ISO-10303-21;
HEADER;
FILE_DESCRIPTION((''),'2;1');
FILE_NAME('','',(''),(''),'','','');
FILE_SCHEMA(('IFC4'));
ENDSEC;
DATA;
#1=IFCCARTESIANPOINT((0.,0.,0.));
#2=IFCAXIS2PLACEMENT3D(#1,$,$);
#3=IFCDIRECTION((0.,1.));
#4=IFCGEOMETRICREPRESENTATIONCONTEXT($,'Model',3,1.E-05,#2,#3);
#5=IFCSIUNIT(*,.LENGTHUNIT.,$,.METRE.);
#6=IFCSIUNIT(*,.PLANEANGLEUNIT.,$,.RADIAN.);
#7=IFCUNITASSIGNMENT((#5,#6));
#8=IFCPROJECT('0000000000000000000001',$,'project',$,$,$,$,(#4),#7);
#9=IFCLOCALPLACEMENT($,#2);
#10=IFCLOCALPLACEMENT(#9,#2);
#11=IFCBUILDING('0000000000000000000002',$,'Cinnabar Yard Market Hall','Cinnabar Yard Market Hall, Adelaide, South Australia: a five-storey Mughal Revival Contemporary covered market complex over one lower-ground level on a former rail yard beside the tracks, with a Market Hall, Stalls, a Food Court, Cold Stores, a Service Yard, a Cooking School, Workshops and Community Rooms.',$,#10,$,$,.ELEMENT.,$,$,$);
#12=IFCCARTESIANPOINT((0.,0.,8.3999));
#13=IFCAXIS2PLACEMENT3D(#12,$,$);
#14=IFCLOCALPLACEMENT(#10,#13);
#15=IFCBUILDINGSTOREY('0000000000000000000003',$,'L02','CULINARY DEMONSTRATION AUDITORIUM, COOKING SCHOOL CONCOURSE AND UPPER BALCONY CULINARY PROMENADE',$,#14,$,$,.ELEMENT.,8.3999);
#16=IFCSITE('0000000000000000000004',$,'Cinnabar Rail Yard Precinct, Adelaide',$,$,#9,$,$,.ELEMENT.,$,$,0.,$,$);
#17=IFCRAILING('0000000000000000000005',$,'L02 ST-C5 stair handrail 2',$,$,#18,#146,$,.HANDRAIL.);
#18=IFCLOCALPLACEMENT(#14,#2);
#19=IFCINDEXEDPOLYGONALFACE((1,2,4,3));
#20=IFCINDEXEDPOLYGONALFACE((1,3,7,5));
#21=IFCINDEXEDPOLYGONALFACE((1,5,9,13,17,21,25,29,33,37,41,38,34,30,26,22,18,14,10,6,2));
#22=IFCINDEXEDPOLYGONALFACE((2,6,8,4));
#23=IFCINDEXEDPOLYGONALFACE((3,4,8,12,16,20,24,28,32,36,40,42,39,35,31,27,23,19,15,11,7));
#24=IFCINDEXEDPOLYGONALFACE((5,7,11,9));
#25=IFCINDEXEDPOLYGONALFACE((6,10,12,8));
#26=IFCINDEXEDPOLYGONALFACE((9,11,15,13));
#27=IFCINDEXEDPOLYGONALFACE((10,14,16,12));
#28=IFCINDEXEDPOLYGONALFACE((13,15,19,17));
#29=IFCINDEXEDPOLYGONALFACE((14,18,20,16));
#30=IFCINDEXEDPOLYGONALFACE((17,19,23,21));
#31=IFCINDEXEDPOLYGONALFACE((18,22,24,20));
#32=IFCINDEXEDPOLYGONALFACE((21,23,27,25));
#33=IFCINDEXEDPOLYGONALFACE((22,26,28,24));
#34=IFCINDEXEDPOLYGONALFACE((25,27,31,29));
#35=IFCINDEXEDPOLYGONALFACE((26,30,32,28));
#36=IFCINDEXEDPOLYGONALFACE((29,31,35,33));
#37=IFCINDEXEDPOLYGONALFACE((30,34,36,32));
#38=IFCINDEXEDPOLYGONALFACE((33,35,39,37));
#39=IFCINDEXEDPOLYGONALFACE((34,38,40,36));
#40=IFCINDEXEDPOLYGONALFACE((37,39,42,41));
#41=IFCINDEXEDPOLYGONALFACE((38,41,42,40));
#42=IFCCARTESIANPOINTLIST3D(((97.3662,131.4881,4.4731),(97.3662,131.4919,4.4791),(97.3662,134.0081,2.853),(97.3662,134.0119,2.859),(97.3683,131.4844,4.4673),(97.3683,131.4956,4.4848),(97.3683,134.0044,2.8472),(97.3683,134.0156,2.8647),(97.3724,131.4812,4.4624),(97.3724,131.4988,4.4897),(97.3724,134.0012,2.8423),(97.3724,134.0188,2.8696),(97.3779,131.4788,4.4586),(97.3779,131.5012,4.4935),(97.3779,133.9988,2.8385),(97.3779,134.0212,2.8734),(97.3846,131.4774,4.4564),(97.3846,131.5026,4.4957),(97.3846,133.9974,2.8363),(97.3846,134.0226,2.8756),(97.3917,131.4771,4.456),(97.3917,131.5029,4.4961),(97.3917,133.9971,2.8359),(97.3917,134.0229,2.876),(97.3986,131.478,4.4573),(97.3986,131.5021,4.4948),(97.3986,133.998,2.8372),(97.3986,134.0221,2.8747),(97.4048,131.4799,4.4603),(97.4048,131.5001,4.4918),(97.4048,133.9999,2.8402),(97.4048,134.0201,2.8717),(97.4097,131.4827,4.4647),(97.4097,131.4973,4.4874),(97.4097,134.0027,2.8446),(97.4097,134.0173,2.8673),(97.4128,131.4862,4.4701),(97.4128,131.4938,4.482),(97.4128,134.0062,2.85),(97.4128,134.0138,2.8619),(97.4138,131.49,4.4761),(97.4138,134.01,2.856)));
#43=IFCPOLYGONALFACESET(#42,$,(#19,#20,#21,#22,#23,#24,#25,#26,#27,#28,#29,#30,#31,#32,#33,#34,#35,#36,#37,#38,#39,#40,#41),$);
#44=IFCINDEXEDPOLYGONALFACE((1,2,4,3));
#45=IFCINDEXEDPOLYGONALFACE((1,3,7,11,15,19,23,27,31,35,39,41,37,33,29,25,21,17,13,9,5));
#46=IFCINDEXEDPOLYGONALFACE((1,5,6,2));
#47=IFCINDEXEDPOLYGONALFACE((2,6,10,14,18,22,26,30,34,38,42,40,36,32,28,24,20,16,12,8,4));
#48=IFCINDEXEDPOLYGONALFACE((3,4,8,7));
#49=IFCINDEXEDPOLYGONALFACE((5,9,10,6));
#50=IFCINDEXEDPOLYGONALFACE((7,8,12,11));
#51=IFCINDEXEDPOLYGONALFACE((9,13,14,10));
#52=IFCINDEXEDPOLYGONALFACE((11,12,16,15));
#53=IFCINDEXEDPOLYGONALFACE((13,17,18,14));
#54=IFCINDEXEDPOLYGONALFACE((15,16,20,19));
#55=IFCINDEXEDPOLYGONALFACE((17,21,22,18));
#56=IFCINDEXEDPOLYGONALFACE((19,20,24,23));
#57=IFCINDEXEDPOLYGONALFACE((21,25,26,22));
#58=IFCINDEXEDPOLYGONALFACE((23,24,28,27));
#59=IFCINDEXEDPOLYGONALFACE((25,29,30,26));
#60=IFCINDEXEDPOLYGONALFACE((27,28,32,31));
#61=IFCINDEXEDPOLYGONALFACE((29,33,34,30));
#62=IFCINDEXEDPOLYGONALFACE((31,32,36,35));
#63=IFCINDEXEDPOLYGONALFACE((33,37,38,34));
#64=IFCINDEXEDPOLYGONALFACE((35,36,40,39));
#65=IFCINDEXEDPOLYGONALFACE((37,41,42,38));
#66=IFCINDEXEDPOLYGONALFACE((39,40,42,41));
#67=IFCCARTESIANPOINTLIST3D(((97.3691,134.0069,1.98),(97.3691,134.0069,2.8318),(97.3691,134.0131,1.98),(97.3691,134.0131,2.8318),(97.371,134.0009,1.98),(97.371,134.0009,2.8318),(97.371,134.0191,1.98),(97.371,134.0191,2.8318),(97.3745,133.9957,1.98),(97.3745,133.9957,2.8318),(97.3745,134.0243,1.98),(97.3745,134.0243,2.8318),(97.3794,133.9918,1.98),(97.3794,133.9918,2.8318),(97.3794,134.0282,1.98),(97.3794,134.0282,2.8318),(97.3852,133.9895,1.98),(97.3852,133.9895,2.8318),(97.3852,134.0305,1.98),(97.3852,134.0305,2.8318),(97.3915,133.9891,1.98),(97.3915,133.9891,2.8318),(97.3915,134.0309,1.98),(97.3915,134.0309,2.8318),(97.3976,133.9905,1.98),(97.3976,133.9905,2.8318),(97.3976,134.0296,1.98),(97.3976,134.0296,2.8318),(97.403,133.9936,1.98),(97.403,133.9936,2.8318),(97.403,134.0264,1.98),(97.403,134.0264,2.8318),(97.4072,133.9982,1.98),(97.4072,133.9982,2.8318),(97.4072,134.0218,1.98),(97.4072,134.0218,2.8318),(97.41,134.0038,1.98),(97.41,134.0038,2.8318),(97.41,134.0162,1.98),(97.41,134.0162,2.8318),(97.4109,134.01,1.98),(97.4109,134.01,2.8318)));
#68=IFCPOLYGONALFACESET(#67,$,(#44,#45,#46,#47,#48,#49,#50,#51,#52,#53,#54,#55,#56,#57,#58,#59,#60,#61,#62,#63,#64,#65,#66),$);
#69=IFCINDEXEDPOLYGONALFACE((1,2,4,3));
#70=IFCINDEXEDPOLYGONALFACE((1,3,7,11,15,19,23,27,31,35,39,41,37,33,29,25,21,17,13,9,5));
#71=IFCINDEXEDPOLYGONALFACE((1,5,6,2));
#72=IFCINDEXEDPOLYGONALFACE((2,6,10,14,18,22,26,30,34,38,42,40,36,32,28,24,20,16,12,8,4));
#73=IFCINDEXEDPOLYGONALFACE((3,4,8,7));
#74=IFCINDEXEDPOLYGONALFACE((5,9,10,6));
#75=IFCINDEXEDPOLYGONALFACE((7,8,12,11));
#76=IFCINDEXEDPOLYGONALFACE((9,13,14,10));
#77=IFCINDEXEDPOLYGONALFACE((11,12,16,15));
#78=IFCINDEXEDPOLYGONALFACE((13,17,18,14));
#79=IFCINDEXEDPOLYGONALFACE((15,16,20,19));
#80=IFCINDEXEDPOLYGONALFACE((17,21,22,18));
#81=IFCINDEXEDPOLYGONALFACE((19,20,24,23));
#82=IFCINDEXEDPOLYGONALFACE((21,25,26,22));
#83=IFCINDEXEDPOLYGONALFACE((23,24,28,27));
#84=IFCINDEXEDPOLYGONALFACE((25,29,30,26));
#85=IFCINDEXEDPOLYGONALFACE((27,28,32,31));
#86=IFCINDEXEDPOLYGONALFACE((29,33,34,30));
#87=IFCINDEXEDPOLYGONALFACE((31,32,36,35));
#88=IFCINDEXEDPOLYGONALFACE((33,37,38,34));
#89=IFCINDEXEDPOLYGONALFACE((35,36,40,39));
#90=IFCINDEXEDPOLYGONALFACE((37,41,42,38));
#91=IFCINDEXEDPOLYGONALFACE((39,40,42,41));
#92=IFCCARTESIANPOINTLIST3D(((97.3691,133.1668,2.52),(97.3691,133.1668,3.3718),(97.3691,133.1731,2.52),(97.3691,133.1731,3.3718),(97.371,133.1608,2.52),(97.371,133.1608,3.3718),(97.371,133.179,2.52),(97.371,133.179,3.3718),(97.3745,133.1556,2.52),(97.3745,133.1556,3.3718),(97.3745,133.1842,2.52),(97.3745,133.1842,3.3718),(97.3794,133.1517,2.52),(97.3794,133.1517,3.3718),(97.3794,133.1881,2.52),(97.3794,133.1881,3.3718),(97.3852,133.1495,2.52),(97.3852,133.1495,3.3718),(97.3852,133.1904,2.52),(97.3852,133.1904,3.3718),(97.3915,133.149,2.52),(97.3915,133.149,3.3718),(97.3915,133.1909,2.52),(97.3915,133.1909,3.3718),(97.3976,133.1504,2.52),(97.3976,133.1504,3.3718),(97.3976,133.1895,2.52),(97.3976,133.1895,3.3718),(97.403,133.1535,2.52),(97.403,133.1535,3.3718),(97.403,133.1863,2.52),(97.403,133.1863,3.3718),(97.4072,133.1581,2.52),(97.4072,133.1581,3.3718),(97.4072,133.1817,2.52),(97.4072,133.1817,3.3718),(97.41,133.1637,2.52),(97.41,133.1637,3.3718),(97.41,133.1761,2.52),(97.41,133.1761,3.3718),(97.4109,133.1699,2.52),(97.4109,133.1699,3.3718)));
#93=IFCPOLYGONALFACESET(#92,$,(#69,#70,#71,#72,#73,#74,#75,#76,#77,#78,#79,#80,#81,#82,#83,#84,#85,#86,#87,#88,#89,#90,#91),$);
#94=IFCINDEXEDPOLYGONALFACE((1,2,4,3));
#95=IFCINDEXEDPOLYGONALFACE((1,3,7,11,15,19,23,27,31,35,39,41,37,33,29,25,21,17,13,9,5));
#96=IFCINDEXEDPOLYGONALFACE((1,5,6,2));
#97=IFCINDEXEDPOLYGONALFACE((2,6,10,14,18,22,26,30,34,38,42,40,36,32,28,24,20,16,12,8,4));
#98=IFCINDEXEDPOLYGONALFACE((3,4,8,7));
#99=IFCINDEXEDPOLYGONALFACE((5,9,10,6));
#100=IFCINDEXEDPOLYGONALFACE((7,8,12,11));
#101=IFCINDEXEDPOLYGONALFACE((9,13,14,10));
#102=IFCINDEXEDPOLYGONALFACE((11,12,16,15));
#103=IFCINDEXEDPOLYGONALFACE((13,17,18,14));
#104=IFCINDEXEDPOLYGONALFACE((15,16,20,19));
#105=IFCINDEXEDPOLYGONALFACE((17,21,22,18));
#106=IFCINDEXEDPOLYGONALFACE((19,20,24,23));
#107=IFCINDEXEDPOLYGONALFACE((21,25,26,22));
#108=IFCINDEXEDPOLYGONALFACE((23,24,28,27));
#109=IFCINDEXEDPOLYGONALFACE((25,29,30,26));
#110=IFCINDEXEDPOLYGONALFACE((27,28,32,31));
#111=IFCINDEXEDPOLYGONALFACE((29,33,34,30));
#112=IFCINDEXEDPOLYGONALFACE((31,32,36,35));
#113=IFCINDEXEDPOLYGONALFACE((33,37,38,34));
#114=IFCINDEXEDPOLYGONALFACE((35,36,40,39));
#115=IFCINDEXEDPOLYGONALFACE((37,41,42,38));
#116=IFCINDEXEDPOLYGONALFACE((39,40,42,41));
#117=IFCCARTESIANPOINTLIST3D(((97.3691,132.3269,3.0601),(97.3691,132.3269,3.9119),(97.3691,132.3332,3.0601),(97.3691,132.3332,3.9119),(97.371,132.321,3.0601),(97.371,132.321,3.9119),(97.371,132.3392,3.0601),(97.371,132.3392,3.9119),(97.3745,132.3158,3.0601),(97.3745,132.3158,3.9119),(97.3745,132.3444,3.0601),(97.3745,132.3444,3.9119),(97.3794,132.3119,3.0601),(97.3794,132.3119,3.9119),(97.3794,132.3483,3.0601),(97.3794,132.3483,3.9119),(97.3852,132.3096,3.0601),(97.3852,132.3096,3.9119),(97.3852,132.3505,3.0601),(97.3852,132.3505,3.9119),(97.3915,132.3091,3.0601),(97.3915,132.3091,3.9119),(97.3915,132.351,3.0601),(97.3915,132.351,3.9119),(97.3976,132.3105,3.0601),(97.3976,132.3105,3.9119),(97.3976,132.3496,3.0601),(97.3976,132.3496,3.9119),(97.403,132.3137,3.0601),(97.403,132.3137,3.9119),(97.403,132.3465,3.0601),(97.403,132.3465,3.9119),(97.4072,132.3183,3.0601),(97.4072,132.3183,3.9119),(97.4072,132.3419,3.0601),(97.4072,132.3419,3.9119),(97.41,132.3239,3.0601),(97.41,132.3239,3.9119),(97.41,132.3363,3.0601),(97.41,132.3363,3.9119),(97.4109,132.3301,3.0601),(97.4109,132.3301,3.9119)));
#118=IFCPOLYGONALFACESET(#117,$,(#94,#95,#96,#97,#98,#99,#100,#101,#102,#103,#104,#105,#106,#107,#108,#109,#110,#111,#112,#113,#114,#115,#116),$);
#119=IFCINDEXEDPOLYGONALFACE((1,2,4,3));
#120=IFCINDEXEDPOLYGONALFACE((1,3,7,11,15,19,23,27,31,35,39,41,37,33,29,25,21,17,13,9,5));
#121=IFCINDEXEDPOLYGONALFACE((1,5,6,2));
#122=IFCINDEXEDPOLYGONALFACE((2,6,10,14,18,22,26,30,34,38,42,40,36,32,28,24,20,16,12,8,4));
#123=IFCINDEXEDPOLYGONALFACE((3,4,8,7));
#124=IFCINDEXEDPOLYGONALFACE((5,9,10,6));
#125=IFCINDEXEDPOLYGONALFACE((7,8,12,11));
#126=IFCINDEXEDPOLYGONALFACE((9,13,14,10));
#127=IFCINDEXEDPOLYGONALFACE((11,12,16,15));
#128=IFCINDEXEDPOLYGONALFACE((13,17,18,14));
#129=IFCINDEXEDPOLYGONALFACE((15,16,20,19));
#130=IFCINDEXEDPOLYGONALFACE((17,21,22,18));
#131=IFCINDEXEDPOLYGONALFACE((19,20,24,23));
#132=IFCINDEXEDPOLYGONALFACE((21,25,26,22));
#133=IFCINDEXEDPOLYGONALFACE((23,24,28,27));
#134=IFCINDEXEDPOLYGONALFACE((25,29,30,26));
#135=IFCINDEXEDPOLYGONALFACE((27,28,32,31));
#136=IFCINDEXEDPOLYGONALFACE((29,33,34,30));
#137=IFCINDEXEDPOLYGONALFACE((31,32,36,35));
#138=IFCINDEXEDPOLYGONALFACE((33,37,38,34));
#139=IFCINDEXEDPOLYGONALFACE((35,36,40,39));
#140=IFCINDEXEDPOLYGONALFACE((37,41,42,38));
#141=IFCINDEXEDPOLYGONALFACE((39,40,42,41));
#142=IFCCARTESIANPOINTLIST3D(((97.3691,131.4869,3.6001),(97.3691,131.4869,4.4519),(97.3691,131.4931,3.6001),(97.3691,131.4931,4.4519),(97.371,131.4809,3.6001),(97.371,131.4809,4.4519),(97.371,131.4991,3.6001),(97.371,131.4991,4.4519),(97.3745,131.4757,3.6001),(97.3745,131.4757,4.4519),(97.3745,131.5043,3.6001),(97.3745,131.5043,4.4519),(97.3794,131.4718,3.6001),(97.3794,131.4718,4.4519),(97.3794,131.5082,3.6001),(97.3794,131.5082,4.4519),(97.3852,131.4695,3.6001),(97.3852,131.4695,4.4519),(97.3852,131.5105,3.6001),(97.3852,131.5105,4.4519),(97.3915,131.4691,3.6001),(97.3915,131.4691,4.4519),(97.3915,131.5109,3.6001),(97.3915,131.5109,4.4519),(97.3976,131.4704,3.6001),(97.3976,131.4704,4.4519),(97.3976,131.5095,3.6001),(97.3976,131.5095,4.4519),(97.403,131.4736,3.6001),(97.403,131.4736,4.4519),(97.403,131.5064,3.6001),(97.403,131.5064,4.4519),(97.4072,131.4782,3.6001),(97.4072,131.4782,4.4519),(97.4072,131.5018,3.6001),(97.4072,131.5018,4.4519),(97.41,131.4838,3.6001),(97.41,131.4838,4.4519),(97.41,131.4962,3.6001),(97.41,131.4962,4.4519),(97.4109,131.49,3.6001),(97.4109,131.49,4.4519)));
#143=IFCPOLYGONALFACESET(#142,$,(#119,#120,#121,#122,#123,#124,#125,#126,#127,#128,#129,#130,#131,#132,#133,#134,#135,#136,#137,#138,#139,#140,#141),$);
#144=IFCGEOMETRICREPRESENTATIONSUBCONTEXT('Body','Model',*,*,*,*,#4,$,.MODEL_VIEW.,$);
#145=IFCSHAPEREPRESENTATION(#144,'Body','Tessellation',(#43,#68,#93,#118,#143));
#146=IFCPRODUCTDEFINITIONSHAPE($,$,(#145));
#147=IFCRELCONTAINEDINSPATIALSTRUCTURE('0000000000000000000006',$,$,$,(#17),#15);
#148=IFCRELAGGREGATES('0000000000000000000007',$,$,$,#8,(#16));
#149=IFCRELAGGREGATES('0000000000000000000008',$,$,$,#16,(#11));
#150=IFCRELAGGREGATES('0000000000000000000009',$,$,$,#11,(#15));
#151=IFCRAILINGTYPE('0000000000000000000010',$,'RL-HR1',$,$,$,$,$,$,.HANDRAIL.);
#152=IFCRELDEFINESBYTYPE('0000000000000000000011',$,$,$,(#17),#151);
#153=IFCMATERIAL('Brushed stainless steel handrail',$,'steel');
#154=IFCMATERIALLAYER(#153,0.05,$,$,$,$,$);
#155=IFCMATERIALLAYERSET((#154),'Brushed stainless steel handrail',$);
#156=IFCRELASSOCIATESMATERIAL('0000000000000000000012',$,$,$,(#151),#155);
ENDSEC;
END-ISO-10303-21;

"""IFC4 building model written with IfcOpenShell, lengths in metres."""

from ifc_helpers import new_model, si_unit, direction, frame, origin, origin_2d_with_axis, place, context, subcontext, project, spatial, circle, extrude, material, layer, layer_set, type_object, element, save


model = new_model("IFC4")

# Units and contexts
model_context = context("Model", 3, precision=1e-05, world=origin(), true_north=direction((0.0, 1.0)))
body_context = subcontext(model_context, "Body", "Model", "MODEL_VIEW")
ifc_project = project(units=[si_unit("LENGTHUNIT", "METRE"), si_unit("PLANEANGLEUNIT", "RADIAN")], contexts=[model_context])

# Site, building, storey
site_placement = place(None, origin())
site = spatial("IfcSite", under=ifc_project, at=site_placement, Name="Cinnabar Rail Yard Precinct, Adelaide", CompositionType="ELEMENT", RefElevation=0.0)
building_placement = place(site_placement, origin())
building = spatial("IfcBuilding", under=site, at=building_placement, Name="Cinnabar Yard Market Hall", Description="Cinnabar Yard Market Hall, Adelaide, South Australia: a five-storey Mughal Revival Contemporary covered market complex over one lower-ground level on a former rail yard beside the tracks, with a Market Hall, Stalls, a Food Court, Cold Stores, a Service Yard, a Cooking School, Workshops and Community Rooms.", CompositionType="ELEMENT")
storey_placement = place(building_placement, frame((0.0, 0.0, 8.3999)))
storey = spatial("IfcBuildingStorey", under=building, at=storey_placement, Name="L02", Description="CULINARY DEMONSTRATION AUDITORIUM, COOKING SCHOOL CONCOURSE AND UPPER BALCONY CULINARY PROMENADE", CompositionType="ELEMENT", Elevation=8.3999)

# Railing
ifc_material_1 = material(Name="Brushed stainless steel handrail", Category="steel")
ifc_layer_1 = layer(ifc_material_1, 0.05)
ifc_layer_set_1 = layer_set([ifc_layer_1], Name="Brushed stainless steel handrail")
railing_type_1 = type_object("IfcRailingType", Name="RL-HR1", PredefinedType="HANDRAIL", material=ifc_layer_set_1)
railing_1_placement = place(storey_placement, frame((97.3899, 134.01, 1.98)))
element("IfcRailing", 1, at=railing_1_placement, inside=storey, type_object=railing_type_1, Name="L02 ST-C5 stair handrail 2", PredefinedType="HANDRAIL", context=body_context, shape_type="SweptSolid", body=[
    extrude(circle(Radius=0.0239, at=origin_2d_with_axis()), frame((0.0, 0.0, 0.876), z_axis=(0.0, -0.841163, 0.540782), x_axis=(1.0, 0.0, 0.0)), (0.0, 0.0, 1.0), 2.9958),
    extrude(circle(Radius=0.021, at=origin_2d_with_axis()), origin(), (0.0, 0.0, 1.0), 0.8518),
    extrude(circle(Radius=0.021, at=origin_2d_with_axis()), frame((0.0, -0.8401, 0.54)), (0.0, 0.0, 1.0), 0.8518),
    extrude(circle(Radius=0.021, at=origin_2d_with_axis()), frame((0.0, -1.6799, 1.0801)), (0.0, 0.0, 1.0), 0.8518),
    extrude(circle(Radius=0.021, at=origin_2d_with_axis()), frame((0.0, -2.52, 1.6201)), (0.0, 0.0, 1.0), 0.8518),
])

save(model, "model.ifc")
